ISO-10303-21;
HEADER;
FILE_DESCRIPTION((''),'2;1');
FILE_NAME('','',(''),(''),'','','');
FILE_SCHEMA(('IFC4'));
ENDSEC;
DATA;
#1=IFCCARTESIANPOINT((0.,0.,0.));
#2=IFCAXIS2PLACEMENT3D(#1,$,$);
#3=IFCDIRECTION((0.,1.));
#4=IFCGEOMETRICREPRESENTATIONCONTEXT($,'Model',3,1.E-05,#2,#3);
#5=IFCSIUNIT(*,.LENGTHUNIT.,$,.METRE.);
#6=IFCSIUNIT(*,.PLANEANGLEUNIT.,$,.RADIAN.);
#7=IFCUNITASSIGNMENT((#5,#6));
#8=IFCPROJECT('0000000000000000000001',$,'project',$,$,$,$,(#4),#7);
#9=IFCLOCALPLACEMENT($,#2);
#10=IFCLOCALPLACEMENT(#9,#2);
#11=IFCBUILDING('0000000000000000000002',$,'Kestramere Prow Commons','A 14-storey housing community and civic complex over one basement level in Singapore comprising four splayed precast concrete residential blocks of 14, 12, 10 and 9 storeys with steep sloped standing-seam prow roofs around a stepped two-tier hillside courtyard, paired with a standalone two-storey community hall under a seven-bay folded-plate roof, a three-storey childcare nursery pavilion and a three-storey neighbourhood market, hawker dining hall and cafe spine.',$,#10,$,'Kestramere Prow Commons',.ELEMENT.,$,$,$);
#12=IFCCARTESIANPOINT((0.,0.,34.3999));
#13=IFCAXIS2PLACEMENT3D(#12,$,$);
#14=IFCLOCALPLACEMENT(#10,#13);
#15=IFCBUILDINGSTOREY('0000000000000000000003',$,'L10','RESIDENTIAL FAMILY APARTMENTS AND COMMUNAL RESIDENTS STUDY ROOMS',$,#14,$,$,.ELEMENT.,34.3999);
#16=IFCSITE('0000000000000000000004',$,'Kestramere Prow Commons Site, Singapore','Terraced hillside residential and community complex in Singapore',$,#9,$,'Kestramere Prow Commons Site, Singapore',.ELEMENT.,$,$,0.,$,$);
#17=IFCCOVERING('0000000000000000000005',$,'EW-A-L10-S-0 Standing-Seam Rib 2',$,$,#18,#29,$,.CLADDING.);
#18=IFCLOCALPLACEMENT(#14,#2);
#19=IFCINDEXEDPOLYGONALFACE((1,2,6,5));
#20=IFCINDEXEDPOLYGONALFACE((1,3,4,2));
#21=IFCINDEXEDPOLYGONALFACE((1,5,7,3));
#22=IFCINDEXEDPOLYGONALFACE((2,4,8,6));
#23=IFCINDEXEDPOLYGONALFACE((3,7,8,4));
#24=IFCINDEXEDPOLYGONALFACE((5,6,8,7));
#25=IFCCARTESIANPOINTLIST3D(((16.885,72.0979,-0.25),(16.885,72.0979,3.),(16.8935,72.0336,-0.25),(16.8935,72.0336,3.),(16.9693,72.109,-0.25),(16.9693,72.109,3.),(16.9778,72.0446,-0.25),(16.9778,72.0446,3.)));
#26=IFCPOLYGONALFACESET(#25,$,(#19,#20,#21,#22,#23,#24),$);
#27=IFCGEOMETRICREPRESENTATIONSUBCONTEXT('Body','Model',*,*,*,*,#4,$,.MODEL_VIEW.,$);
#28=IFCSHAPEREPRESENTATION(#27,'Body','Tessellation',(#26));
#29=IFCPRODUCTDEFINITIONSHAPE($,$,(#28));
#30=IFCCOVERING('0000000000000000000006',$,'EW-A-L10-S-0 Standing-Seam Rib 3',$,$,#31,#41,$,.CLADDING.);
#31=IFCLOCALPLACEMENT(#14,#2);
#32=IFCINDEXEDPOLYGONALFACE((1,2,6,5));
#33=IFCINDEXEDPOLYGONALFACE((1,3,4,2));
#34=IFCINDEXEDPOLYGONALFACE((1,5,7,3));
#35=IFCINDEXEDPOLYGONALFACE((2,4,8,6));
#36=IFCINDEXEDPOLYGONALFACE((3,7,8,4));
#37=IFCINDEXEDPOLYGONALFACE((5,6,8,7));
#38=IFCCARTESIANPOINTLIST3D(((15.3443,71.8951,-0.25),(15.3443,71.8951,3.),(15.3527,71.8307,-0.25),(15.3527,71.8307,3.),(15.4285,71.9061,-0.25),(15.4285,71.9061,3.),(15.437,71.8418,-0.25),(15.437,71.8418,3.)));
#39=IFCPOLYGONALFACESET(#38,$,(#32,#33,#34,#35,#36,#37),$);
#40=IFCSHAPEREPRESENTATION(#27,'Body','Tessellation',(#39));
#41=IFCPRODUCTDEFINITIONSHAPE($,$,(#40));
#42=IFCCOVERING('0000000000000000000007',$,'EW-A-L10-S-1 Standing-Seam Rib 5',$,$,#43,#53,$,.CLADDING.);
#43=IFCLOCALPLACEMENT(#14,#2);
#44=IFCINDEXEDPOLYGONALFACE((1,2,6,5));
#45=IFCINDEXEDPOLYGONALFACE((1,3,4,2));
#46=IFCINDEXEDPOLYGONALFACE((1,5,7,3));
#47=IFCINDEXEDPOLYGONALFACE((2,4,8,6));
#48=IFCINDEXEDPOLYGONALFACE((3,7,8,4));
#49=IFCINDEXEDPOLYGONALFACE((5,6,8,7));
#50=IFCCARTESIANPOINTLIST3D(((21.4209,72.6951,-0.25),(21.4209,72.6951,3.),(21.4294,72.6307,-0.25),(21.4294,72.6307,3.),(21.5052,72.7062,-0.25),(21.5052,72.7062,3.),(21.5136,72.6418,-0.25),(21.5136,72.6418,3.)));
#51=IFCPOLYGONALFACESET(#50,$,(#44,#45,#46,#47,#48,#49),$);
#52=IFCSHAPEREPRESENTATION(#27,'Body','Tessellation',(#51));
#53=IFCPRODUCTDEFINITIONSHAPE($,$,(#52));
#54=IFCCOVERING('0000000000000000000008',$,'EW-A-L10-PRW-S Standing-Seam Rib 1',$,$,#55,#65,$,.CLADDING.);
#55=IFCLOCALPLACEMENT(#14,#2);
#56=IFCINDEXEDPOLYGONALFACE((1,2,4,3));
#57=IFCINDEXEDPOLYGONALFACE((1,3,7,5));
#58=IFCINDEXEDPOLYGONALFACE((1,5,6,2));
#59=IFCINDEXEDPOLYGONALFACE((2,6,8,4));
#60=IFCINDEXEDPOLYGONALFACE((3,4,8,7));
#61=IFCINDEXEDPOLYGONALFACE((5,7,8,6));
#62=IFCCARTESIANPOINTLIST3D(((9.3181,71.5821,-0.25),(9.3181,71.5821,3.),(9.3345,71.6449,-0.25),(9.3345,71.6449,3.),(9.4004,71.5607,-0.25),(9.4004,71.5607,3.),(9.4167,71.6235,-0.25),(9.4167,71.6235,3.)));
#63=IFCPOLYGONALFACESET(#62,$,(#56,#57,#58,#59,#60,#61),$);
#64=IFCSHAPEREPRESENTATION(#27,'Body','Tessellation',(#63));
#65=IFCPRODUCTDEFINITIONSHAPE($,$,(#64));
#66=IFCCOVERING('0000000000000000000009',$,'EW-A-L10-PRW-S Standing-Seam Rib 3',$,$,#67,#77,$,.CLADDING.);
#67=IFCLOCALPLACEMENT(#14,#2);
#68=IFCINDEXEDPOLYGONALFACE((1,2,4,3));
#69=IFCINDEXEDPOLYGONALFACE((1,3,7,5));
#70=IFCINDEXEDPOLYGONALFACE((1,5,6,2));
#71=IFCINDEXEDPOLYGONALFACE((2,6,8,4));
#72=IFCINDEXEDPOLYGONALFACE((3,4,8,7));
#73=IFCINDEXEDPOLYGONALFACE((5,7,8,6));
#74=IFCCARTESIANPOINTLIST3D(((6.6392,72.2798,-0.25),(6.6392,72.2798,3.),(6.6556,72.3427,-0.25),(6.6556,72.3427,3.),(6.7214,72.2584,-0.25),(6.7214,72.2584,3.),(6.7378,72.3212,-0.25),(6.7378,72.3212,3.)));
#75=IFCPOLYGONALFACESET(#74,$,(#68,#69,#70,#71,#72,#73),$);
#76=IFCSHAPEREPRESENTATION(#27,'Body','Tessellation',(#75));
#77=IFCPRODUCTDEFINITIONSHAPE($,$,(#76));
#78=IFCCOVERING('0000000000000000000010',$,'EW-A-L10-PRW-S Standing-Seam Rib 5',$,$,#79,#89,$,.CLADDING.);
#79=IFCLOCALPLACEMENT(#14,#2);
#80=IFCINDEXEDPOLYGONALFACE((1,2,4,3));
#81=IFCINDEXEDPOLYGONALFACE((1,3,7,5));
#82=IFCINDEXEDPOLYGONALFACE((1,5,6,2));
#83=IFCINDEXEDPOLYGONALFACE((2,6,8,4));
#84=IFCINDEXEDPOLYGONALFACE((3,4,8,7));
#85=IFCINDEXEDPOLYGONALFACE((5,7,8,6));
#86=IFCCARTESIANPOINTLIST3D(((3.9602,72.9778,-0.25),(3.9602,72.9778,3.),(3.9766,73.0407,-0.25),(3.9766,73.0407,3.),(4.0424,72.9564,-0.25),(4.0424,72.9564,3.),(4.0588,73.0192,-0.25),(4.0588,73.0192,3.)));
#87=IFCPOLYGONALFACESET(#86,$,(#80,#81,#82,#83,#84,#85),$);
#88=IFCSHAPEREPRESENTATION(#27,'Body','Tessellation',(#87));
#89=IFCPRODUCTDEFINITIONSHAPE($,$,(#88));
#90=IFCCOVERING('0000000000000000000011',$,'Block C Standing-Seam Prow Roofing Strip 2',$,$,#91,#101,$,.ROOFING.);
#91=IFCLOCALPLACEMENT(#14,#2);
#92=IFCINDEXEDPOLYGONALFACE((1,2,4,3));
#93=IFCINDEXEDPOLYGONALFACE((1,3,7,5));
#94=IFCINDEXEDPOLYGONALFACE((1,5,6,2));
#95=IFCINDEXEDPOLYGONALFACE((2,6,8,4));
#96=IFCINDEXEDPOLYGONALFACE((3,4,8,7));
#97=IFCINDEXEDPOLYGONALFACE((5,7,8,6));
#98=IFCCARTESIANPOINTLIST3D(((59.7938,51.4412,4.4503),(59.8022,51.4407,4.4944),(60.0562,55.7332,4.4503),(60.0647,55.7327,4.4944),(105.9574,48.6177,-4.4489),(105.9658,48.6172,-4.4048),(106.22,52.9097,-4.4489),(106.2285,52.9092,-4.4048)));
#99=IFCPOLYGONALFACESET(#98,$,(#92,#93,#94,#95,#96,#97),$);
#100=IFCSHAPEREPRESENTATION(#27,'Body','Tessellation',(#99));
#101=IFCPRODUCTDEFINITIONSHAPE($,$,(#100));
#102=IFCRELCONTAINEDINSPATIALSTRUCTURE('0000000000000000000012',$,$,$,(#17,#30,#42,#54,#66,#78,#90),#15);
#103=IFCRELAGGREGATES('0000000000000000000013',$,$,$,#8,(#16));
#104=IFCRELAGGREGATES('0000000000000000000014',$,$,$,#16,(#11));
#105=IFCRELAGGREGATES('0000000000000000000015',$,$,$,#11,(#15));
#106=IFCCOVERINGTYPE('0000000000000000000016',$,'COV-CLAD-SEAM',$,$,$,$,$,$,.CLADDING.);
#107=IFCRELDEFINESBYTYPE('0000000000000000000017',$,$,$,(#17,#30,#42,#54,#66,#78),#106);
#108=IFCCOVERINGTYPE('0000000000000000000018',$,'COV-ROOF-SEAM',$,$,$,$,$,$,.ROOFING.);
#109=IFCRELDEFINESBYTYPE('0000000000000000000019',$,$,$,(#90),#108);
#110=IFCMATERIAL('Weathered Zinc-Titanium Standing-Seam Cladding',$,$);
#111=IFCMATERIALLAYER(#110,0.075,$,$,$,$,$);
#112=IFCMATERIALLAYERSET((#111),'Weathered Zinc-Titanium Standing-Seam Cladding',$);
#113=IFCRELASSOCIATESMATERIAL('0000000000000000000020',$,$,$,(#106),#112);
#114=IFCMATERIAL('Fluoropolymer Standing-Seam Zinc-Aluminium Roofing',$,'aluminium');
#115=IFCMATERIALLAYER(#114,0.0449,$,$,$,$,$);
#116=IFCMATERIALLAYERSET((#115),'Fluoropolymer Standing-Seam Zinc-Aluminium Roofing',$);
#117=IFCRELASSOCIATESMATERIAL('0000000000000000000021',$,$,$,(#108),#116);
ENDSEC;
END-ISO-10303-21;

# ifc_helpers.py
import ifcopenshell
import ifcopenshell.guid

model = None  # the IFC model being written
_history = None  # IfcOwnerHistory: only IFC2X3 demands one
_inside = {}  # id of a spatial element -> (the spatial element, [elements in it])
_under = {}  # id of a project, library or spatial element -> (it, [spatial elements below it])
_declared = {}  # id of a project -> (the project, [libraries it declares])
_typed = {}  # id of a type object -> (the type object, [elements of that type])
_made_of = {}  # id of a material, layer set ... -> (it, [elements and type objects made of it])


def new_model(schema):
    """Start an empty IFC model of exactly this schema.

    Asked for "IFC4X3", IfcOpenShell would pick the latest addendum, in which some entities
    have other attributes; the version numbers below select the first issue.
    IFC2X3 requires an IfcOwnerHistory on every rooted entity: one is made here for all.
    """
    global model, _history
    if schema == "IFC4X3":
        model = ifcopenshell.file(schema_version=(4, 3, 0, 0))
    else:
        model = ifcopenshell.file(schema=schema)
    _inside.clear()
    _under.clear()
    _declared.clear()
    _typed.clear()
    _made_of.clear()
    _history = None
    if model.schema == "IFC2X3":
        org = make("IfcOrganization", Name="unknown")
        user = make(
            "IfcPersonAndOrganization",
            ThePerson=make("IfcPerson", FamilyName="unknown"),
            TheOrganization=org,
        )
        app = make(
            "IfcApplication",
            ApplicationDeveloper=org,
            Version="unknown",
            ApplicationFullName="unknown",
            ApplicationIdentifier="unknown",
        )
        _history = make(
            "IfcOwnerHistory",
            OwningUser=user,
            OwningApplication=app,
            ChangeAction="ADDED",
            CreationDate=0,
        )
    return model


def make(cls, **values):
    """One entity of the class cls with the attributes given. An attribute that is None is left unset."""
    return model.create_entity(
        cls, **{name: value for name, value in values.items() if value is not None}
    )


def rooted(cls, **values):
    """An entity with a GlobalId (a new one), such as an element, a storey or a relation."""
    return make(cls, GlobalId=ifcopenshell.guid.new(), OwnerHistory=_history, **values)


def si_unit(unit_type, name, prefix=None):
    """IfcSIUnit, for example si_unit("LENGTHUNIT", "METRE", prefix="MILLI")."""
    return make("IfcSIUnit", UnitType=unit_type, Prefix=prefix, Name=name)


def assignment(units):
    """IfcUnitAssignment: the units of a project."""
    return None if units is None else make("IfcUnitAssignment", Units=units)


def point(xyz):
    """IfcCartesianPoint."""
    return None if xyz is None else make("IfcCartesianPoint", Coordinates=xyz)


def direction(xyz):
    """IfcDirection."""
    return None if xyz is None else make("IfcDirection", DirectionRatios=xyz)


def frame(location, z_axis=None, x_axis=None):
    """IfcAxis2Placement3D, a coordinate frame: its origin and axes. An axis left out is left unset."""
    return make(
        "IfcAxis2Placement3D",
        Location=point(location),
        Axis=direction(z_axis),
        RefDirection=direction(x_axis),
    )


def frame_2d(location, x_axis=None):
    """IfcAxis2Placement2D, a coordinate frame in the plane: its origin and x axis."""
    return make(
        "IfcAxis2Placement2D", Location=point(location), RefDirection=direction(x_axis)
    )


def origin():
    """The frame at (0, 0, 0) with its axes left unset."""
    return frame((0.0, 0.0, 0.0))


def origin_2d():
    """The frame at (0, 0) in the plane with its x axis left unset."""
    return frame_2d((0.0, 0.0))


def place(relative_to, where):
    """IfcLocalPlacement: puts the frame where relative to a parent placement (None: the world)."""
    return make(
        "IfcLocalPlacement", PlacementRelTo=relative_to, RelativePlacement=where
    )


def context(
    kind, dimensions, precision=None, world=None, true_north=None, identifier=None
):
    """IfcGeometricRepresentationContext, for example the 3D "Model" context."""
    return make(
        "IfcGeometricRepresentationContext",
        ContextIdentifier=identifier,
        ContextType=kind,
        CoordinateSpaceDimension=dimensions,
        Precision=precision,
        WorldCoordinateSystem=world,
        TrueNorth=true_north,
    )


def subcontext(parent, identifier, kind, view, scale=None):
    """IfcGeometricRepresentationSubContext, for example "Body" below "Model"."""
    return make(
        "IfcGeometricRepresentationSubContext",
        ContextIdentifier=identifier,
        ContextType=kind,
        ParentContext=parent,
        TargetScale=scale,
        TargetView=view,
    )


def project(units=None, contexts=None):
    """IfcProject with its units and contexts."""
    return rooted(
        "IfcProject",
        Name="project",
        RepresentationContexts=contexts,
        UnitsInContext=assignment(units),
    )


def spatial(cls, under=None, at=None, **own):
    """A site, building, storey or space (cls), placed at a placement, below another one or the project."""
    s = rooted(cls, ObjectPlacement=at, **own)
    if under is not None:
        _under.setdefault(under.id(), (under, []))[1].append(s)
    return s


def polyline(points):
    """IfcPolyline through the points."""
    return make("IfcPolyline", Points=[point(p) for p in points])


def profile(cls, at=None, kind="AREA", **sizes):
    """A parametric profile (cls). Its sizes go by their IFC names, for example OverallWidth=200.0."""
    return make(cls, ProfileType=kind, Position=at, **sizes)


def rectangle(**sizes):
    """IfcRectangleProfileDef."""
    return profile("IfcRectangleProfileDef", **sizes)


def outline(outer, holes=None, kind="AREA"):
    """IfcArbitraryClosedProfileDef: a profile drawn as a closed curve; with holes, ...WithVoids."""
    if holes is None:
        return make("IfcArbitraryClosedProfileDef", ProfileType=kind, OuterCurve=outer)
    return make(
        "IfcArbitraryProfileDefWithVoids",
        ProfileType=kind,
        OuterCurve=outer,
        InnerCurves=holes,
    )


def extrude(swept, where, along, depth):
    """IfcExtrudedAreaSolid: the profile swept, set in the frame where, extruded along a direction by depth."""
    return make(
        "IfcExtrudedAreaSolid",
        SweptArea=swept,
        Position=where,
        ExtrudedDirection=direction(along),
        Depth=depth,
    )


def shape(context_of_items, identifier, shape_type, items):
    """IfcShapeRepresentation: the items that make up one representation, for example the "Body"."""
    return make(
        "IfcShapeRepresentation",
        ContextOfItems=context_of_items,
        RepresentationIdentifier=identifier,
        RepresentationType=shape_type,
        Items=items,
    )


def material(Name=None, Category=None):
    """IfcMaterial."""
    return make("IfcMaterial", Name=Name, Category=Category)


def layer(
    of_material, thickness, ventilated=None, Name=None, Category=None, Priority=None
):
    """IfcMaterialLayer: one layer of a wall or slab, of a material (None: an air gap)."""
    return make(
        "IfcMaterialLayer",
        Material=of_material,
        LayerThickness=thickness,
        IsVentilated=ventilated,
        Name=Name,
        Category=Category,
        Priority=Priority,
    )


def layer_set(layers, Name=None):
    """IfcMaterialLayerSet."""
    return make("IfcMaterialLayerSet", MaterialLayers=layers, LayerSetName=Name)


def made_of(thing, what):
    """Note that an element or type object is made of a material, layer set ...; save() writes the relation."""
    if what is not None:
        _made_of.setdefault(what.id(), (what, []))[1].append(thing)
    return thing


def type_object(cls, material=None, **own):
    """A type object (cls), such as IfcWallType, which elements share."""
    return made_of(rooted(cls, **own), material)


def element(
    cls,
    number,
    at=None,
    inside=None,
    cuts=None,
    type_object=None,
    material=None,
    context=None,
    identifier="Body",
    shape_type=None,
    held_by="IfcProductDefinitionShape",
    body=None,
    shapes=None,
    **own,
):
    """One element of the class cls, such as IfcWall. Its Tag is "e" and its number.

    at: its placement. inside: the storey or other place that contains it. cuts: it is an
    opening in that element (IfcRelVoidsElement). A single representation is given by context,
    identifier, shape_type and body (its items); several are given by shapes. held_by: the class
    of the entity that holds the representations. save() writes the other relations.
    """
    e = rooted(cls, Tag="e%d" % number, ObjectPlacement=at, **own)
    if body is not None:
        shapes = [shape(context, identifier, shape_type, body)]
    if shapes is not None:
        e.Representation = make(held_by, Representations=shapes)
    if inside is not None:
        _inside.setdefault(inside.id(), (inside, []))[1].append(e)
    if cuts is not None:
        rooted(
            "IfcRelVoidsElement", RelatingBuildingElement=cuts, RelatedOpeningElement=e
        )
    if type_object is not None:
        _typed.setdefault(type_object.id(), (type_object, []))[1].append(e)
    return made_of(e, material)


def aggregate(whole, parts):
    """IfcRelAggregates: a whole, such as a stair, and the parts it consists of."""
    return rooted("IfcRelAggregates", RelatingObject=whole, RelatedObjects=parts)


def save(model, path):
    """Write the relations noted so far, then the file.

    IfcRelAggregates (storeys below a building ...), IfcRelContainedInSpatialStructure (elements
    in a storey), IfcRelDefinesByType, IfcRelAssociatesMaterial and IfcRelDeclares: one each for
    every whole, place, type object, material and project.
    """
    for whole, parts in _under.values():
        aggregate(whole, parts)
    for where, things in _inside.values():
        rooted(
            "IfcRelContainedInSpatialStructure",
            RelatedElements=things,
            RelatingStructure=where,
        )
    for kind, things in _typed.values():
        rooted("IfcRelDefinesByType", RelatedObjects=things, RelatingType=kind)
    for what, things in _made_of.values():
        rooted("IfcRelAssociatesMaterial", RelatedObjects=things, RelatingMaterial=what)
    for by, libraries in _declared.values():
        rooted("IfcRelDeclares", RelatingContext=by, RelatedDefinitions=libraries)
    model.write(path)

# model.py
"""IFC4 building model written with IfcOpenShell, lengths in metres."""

from ifc_helpers import new_model, si_unit, direction, frame, origin, origin_2d, place, context, subcontext, project, spatial, polyline, rectangle, outline, extrude, material, layer, layer_set, type_object, element, save


model = new_model("IFC4")

# Units and contexts
model_context = context("Model", 3, precision=1e-05, world=origin(), true_north=direction((0.0, 1.0)))
body_context = subcontext(model_context, "Body", "Model", "MODEL_VIEW")
ifc_project = project(units=[si_unit("LENGTHUNIT", "METRE"), si_unit("PLANEANGLEUNIT", "RADIAN")], contexts=[model_context])

# Site, building, storey
site_placement = place(None, origin())
site = spatial("IfcSite", under=ifc_project, at=site_placement, Name="Kestramere Prow Commons Site, Singapore", Description="Terraced hillside residential and community complex in Singapore", LongName="Kestramere Prow Commons Site, Singapore", CompositionType="ELEMENT", RefElevation=0.0)
building_placement = place(site_placement, origin())
building = spatial("IfcBuilding", under=site, at=building_placement, Name="Kestramere Prow Commons", Description="A 14-storey housing community and civic complex over one basement level in Singapore comprising four splayed precast concrete residential blocks of 14, 12, 10 and 9 storeys with steep sloped standing-seam prow roofs around a stepped two-tier hillside courtyard, paired with a standalone two-storey community hall under a seven-bay folded-plate roof, a three-storey childcare nursery pavilion and a three-storey neighbourhood market, hawker dining hall and cafe spine.", LongName="Kestramere Prow Commons", CompositionType="ELEMENT")
storey_placement = place(building_placement, frame((0.0, 0.0, 34.3999)))
storey = spatial("IfcBuildingStorey", under=building, at=storey_placement, Name="L10", Description="RESIDENTIAL FAMILY APARTMENTS AND COMMUNAL RESIDENTS STUDY ROOMS", CompositionType="ELEMENT", Elevation=34.3999)

# Shared definitions
ifc_material_1 = material(Name="Weathered Zinc-Titanium Standing-Seam Cladding")

# Coverings
ifc_layer_1 = layer(ifc_material_1, 0.075)
ifc_layer_set_1 = layer_set([ifc_layer_1], Name="Weathered Zinc-Titanium Standing-Seam Cladding")
covering_type_1 = type_object("IfcCoveringType", Name="COV-CLAD-SEAM", PredefinedType="CLADDING", material=ifc_layer_set_1)
for number, where, z_axis, x_axis, name in (
    (1, (16.9314, 72.0713, -0.25), (0.0, 0.0, 1.0), (-0.991445, -0.130526, 0.0), "EW-A-L10-S-0 Standing-Seam Rib 2"),
    (2, (15.3906, 71.8684, -0.25), (0.0, 0.0, 1.0), (-0.991445, -0.130526, 0.0), "EW-A-L10-S-0 Standing-Seam Rib 3"),
    (3, (21.4673, 72.6685, -0.25), (0.0, 0.0, 1.0), (-0.991445, -0.130526, 0.0), "EW-A-L10-S-1 Standing-Seam Rib 5"),
    (4, (9.3674, 71.6028, -0.25), (0.0, 0.0, 1.0), (-0.967698, 0.252112, 0.0), "EW-A-L10-PRW-S Standing-Seam Rib 1"),
    (5, (6.6885, 72.3005, -0.25), (0.0, 0.0, 1.0), (-0.967698, 0.252112, 0.0), "EW-A-L10-PRW-S Standing-Seam Rib 3"),
    (6, (4.0095, 72.9985, -0.25), (0.0, 0.0, 1.0), (-0.967698, 0.252112, 0.0), "EW-A-L10-PRW-S Standing-Seam Rib 5"),
):
    element("IfcCovering", number, at=place(storey_placement, frame(where, z_axis=z_axis, x_axis=x_axis)), inside=storey, type_object=covering_type_1, Name=name, PredefinedType="CLADDING", context=body_context, shape_type="SweptSolid", body=[
        extrude(rectangle(XDim=0.085, YDim=0.0649, at=origin_2d()), origin(), (0.0, 0.0, 1.0), 3.25),
    ])
ifc_material_2 = material(Name="Fluoropolymer Standing-Seam Zinc-Aluminium Roofing", Category="aluminium")
ifc_layer_2 = layer(ifc_material_2, 0.0449)
ifc_layer_set_2 = layer_set([ifc_layer_2], Name="Fluoropolymer Standing-Seam Zinc-Aluminium Roofing")
covering_type_2 = type_object("IfcCoveringType", Name="COV-ROOF-SEAM", PredefinedType="ROOFING", material=ifc_layer_set_2)
covering_placement = place(storey_placement, frame((59.8022, 51.4407, 4.4944), z_axis=(0.188596, -0.011538, 0.981987), x_axis=(0.980155, -0.059949, -0.188949)))
element("IfcCovering", 7, at=covering_placement, inside=storey, type_object=covering_type_2, Name="Block C Standing-Seam Prow Roofing Strip 2", PredefinedType="ROOFING", context=body_context, shape_type="SweptSolid", body=[
    extrude(outline(polyline([(0.0, 0.0), (47.0982, 0.0), (47.0984, 4.3), (-0.0001, 4.3), (0.0, 0.0)])), origin(), (0.0, 0.0, -1.0), 0.0449),
])

save(model, "model.ifc")
